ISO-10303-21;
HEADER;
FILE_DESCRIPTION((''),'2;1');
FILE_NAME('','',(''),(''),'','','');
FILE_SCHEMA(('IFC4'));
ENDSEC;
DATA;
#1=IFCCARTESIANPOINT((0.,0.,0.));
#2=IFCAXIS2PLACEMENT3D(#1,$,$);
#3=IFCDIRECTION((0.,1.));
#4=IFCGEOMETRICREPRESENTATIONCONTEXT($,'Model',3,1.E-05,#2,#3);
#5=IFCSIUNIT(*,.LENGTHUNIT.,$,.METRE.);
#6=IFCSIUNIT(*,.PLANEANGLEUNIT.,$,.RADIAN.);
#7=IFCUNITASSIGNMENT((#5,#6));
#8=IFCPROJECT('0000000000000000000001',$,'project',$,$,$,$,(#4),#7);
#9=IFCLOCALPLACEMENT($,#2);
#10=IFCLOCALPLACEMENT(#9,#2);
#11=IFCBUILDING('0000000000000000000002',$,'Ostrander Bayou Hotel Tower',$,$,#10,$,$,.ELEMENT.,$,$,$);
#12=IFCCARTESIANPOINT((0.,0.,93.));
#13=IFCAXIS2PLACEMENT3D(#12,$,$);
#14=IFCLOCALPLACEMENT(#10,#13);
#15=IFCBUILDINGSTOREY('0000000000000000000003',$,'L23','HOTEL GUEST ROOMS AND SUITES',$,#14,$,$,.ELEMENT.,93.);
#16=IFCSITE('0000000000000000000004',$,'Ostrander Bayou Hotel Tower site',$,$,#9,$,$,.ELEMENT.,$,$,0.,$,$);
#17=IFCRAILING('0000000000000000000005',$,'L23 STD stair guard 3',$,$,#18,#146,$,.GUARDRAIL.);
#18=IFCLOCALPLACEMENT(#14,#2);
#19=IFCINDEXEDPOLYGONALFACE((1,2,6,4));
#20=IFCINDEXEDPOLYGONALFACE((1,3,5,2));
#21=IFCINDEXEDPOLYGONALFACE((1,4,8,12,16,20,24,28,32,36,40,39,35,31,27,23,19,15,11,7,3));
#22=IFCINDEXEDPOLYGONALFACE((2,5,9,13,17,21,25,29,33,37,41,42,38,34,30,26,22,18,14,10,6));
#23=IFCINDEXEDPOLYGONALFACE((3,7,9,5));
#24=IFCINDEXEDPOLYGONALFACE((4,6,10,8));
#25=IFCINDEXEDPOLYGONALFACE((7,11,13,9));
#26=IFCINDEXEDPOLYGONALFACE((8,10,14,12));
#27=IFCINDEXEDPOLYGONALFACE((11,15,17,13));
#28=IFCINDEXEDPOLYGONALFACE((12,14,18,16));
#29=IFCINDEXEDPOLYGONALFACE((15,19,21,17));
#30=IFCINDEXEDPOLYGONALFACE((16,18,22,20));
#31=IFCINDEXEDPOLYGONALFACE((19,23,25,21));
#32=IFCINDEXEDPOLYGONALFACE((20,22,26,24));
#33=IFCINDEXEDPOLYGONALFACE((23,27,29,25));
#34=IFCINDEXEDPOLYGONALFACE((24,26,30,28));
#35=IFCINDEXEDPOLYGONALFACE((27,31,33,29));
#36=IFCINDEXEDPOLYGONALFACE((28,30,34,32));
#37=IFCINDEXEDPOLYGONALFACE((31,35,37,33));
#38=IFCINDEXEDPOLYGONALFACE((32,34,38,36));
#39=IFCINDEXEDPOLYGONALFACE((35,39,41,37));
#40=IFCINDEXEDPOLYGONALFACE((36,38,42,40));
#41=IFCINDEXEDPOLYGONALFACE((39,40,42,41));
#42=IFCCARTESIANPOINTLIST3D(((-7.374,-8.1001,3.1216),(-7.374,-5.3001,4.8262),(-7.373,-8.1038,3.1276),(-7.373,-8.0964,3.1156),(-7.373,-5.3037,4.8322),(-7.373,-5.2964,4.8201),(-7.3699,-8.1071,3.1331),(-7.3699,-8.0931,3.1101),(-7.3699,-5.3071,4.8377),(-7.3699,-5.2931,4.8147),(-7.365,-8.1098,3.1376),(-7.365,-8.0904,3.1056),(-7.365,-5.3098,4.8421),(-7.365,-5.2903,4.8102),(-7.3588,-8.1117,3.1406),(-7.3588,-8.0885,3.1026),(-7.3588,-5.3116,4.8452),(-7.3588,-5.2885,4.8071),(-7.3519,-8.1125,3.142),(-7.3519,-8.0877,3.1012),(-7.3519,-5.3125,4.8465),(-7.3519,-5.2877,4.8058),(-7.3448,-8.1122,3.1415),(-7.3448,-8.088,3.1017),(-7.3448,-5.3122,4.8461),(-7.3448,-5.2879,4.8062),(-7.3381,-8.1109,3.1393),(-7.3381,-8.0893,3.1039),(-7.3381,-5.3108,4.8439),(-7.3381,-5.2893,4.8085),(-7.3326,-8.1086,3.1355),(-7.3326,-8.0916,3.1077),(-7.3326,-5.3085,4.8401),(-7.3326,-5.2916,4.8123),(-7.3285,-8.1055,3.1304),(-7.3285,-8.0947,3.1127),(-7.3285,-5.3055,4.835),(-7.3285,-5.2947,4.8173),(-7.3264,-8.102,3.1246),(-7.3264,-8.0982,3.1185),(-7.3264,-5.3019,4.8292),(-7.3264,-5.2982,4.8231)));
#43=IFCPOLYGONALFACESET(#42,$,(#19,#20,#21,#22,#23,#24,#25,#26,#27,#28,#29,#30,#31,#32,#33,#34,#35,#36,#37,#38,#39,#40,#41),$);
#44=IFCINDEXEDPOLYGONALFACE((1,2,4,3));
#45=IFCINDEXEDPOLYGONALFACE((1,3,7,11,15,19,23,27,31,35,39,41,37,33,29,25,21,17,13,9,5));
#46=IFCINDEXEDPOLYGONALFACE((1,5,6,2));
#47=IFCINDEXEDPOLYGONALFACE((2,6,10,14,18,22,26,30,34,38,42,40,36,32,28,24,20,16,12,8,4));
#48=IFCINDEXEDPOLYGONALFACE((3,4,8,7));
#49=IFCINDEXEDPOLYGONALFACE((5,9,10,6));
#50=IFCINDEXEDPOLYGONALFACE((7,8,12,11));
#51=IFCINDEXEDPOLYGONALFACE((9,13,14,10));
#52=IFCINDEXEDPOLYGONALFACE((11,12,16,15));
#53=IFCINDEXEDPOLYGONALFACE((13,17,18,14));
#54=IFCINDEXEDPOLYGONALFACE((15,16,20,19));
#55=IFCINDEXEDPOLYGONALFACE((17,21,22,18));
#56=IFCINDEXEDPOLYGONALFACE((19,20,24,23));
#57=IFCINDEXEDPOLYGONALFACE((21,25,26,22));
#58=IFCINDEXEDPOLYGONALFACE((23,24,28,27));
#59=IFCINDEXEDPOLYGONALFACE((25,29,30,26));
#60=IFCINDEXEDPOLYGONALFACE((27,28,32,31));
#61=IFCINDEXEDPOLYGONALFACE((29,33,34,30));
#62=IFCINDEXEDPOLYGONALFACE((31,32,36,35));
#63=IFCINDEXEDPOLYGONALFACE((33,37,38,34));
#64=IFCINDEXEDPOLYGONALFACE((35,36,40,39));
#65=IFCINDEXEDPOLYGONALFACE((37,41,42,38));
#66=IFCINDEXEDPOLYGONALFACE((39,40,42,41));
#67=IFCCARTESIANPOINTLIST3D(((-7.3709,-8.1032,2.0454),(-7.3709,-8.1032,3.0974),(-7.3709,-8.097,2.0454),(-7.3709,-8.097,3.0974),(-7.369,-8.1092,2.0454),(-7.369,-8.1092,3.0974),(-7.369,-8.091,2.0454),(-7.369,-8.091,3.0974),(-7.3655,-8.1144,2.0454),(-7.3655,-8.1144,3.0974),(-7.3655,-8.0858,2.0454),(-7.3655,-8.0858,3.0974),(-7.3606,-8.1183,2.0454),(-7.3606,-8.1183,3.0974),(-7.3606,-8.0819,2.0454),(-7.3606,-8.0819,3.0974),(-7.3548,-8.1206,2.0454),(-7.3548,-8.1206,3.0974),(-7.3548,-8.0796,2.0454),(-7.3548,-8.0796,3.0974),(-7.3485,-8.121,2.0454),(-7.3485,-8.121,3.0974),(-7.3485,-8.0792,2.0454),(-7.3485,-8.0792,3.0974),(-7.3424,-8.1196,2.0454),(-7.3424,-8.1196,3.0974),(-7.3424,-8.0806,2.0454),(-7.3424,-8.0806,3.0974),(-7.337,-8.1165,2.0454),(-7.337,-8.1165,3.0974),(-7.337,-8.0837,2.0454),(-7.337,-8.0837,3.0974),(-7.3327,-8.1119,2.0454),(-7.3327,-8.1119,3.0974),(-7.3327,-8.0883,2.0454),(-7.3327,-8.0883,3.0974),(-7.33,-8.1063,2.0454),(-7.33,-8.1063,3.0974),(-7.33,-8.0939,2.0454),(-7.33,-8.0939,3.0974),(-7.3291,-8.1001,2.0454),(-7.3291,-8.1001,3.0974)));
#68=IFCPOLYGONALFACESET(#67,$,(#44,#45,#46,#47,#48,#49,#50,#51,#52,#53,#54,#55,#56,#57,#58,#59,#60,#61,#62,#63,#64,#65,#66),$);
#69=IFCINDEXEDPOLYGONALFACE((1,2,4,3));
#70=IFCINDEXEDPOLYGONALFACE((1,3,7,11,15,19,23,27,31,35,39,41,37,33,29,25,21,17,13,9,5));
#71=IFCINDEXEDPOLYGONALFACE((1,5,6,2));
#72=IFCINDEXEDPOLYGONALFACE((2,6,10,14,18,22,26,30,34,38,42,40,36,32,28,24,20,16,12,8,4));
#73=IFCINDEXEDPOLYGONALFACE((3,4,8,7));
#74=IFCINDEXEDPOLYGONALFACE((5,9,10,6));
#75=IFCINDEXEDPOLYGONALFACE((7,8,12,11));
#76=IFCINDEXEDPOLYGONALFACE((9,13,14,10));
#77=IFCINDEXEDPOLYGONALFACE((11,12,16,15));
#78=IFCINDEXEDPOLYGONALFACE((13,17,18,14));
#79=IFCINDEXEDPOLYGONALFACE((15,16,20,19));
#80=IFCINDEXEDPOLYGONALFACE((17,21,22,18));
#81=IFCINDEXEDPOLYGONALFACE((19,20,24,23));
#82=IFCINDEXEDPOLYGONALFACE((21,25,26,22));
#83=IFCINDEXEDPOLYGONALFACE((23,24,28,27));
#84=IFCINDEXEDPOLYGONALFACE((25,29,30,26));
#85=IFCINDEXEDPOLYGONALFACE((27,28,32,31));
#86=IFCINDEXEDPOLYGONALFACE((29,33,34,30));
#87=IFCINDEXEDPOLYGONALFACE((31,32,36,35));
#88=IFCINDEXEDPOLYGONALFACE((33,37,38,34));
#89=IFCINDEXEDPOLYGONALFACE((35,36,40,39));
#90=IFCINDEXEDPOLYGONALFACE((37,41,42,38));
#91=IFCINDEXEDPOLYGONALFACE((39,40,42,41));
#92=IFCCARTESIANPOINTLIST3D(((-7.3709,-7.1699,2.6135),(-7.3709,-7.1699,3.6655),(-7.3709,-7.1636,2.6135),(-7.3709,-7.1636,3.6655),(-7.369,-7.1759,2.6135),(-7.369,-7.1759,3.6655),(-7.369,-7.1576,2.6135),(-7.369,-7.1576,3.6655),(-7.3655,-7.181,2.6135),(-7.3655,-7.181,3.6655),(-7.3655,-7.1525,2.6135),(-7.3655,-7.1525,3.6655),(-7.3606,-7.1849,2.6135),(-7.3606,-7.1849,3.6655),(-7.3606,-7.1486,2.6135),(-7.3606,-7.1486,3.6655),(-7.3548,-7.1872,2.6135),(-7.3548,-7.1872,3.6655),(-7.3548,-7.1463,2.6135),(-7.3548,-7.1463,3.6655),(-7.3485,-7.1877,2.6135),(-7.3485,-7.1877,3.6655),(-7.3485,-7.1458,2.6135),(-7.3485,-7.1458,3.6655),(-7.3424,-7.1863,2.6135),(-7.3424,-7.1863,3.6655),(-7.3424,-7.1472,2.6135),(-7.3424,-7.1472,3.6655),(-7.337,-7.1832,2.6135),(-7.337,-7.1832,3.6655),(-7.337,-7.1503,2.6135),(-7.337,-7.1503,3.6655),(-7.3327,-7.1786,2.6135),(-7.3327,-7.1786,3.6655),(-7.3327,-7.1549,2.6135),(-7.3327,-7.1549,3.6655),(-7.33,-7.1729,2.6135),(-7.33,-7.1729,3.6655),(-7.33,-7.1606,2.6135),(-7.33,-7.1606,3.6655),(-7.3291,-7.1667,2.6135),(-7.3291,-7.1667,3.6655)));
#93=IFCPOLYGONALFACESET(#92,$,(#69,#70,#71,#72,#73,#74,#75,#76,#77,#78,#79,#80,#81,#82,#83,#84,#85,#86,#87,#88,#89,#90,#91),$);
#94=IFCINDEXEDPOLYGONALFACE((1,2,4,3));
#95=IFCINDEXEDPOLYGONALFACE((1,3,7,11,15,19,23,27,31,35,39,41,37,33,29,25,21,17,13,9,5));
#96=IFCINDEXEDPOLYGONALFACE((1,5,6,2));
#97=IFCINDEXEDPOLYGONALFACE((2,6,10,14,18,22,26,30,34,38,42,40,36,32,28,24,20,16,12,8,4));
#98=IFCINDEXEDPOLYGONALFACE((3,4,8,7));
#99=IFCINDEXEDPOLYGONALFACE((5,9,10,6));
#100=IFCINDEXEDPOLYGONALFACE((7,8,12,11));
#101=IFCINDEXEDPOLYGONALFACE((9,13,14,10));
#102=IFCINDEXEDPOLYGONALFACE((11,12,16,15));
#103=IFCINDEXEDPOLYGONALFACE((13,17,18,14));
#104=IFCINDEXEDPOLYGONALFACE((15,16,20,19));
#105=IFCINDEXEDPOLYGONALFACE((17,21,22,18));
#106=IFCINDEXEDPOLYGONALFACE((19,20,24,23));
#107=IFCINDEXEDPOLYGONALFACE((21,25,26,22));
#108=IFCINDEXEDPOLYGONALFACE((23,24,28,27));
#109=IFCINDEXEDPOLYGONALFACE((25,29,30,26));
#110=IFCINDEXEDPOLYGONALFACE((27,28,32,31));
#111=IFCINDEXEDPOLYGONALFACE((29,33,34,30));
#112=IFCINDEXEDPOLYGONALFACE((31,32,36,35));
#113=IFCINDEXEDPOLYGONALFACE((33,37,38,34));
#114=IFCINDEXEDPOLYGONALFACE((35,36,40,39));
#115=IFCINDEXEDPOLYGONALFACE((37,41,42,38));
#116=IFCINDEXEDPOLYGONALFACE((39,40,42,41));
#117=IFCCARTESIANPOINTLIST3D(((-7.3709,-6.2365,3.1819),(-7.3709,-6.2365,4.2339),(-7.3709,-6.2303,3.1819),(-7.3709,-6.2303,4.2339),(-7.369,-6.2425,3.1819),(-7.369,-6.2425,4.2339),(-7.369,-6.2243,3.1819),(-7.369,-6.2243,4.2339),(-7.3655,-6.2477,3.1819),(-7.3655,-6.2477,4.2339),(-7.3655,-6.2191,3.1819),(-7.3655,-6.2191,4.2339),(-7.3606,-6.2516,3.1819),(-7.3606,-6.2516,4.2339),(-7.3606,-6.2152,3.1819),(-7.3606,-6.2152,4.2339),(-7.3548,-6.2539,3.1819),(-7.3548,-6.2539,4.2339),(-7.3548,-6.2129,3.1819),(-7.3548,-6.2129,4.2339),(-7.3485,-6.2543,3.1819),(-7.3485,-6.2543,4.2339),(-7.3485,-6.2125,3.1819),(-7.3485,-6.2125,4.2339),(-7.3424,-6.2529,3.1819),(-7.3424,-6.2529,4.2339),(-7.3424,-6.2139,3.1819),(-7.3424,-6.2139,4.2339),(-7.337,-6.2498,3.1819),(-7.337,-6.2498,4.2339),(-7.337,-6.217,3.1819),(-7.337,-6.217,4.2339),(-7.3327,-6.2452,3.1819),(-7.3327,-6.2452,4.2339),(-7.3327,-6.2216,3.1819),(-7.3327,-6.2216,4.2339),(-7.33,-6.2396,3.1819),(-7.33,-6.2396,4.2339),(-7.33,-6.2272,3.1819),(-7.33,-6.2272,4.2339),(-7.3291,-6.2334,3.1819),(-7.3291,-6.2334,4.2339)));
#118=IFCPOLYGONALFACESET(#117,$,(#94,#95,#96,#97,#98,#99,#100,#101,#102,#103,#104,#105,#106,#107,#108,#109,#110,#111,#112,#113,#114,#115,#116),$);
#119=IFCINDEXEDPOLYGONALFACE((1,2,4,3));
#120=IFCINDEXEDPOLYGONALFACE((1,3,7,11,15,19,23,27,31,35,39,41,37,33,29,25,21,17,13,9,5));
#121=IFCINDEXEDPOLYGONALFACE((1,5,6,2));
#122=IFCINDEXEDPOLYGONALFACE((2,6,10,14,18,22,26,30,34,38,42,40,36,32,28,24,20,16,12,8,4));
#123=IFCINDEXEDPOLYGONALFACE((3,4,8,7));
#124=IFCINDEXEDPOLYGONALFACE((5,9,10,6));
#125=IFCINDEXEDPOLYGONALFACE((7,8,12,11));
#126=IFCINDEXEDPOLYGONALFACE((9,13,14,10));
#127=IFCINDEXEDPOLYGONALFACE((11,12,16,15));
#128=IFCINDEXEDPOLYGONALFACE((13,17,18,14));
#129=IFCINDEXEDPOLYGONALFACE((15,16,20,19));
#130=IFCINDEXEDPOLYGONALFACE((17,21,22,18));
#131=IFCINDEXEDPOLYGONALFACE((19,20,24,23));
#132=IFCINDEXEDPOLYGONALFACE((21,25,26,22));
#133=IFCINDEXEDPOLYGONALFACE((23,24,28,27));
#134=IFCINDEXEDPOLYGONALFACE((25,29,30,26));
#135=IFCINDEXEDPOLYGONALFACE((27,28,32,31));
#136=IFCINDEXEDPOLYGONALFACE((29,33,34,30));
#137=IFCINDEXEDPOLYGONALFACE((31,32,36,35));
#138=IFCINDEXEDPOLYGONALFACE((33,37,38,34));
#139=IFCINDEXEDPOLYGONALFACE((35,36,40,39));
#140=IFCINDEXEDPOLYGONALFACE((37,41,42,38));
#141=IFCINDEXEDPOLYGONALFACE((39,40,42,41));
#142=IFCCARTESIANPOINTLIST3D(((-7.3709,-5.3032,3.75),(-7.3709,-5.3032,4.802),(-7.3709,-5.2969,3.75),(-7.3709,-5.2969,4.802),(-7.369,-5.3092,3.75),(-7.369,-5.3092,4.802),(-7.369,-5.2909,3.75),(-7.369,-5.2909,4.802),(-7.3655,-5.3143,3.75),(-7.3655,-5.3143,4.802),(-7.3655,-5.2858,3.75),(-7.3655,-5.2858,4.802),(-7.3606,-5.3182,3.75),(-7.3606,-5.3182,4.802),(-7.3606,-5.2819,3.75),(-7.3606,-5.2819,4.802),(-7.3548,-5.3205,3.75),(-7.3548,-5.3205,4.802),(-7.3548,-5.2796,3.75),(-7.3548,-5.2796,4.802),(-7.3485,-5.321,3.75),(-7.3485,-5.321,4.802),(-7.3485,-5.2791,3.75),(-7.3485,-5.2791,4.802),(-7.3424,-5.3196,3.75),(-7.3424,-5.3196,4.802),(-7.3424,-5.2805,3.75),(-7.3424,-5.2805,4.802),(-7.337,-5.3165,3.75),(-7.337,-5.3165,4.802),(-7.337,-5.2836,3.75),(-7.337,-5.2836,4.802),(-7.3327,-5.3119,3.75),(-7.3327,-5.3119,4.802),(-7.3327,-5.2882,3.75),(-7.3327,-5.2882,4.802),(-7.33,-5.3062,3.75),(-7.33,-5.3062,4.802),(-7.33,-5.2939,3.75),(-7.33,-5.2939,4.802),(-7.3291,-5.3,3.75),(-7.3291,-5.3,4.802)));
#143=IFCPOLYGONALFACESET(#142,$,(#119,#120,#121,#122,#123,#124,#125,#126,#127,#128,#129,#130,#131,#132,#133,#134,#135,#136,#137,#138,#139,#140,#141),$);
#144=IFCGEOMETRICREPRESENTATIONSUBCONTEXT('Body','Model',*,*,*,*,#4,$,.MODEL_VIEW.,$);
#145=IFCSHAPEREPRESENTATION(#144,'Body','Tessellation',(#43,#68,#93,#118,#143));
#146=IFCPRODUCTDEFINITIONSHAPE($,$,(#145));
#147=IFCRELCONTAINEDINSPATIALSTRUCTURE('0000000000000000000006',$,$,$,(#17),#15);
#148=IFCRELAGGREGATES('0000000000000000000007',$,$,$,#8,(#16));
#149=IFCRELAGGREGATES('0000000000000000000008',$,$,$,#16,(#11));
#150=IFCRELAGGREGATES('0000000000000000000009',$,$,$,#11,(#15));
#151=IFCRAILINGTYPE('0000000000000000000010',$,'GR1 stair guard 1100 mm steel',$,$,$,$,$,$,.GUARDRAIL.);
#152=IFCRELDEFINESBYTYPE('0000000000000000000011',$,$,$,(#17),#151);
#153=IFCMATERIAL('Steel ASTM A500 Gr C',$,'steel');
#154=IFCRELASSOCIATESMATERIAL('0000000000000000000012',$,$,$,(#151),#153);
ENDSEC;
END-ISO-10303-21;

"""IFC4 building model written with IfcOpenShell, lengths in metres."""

from ifc_helpers import new_model, si_unit, direction, frame, origin, origin_2d, place, context, subcontext, project, spatial, circle, extrude, material, type_object, element, save


model = new_model("IFC4")

# Units and contexts
model_context = context("Model", 3, precision=1e-05, world=origin(), true_north=direction((0.0, 1.0)))
body_context = subcontext(model_context, "Body", "Model", "MODEL_VIEW")
ifc_project = project(units=[si_unit("LENGTHUNIT", "METRE"), si_unit("PLANEANGLEUNIT", "RADIAN")], contexts=[model_context])

# Site, building, storey
site_placement = place(None, origin())
site = spatial("IfcSite", under=ifc_project, at=site_placement, Name="Ostrander Bayou Hotel Tower site", CompositionType="ELEMENT", RefElevation=0.0)
building_placement = place(site_placement, origin())
building = spatial("IfcBuilding", under=site, at=building_placement, Name="Ostrander Bayou Hotel Tower", CompositionType="ELEMENT")
storey_placement = place(building_placement, frame((0.0, 0.0, 93.0)))
storey = spatial("IfcBuildingStorey", under=building, at=storey_placement, Name="L23", Description="HOTEL GUEST ROOMS AND SUITES", CompositionType="ELEMENT", Elevation=93.0)

# Railing
ifc_material_1 = material(Name="Steel ASTM A500 Gr C", Category="steel")
railing_type_1 = type_object("IfcRailingType", Name="GR1 stair guard 1100 mm steel", PredefinedType="GUARDRAIL", material=ifc_material_1)
railing_1_placement = place(storey_placement, frame((-7.3501, -8.1001, 2.0454)))
element("IfcRailing", 1, at=railing_1_placement, inside=storey, type_object=railing_type_1, Name="L23 STD stair guard 3", PredefinedType="GUARDRAIL", context=body_context, shape_type="SweptSolid", body=[
    extrude(circle(Radius=0.0239, at=origin_2d()), frame((0.0, 0.0, 1.0762), z_axis=(0.0, 0.85417, 0.519994), x_axis=(-1.0, 0.0, 0.0)), (0.0, 0.0, 1.0), 3.2781),
    extrude(circle(Radius=0.021, at=origin_2d()), origin(), (0.0, 0.0, 1.0), 1.052),
    extrude(circle(Radius=0.021, at=origin_2d()), frame((0.0, 0.9333, 0.5681)), (0.0, 0.0, 1.0), 1.052),
    extrude(circle(Radius=0.021, at=origin_2d()), frame((0.0, 1.8667, 1.1365)), (0.0, 0.0, 1.0), 1.052),
    extrude(circle(Radius=0.021, at=origin_2d()), frame((0.0, 2.8, 1.7046)), (0.0, 0.0, 1.0), 1.052),
])

save(model, "model.ifc")
